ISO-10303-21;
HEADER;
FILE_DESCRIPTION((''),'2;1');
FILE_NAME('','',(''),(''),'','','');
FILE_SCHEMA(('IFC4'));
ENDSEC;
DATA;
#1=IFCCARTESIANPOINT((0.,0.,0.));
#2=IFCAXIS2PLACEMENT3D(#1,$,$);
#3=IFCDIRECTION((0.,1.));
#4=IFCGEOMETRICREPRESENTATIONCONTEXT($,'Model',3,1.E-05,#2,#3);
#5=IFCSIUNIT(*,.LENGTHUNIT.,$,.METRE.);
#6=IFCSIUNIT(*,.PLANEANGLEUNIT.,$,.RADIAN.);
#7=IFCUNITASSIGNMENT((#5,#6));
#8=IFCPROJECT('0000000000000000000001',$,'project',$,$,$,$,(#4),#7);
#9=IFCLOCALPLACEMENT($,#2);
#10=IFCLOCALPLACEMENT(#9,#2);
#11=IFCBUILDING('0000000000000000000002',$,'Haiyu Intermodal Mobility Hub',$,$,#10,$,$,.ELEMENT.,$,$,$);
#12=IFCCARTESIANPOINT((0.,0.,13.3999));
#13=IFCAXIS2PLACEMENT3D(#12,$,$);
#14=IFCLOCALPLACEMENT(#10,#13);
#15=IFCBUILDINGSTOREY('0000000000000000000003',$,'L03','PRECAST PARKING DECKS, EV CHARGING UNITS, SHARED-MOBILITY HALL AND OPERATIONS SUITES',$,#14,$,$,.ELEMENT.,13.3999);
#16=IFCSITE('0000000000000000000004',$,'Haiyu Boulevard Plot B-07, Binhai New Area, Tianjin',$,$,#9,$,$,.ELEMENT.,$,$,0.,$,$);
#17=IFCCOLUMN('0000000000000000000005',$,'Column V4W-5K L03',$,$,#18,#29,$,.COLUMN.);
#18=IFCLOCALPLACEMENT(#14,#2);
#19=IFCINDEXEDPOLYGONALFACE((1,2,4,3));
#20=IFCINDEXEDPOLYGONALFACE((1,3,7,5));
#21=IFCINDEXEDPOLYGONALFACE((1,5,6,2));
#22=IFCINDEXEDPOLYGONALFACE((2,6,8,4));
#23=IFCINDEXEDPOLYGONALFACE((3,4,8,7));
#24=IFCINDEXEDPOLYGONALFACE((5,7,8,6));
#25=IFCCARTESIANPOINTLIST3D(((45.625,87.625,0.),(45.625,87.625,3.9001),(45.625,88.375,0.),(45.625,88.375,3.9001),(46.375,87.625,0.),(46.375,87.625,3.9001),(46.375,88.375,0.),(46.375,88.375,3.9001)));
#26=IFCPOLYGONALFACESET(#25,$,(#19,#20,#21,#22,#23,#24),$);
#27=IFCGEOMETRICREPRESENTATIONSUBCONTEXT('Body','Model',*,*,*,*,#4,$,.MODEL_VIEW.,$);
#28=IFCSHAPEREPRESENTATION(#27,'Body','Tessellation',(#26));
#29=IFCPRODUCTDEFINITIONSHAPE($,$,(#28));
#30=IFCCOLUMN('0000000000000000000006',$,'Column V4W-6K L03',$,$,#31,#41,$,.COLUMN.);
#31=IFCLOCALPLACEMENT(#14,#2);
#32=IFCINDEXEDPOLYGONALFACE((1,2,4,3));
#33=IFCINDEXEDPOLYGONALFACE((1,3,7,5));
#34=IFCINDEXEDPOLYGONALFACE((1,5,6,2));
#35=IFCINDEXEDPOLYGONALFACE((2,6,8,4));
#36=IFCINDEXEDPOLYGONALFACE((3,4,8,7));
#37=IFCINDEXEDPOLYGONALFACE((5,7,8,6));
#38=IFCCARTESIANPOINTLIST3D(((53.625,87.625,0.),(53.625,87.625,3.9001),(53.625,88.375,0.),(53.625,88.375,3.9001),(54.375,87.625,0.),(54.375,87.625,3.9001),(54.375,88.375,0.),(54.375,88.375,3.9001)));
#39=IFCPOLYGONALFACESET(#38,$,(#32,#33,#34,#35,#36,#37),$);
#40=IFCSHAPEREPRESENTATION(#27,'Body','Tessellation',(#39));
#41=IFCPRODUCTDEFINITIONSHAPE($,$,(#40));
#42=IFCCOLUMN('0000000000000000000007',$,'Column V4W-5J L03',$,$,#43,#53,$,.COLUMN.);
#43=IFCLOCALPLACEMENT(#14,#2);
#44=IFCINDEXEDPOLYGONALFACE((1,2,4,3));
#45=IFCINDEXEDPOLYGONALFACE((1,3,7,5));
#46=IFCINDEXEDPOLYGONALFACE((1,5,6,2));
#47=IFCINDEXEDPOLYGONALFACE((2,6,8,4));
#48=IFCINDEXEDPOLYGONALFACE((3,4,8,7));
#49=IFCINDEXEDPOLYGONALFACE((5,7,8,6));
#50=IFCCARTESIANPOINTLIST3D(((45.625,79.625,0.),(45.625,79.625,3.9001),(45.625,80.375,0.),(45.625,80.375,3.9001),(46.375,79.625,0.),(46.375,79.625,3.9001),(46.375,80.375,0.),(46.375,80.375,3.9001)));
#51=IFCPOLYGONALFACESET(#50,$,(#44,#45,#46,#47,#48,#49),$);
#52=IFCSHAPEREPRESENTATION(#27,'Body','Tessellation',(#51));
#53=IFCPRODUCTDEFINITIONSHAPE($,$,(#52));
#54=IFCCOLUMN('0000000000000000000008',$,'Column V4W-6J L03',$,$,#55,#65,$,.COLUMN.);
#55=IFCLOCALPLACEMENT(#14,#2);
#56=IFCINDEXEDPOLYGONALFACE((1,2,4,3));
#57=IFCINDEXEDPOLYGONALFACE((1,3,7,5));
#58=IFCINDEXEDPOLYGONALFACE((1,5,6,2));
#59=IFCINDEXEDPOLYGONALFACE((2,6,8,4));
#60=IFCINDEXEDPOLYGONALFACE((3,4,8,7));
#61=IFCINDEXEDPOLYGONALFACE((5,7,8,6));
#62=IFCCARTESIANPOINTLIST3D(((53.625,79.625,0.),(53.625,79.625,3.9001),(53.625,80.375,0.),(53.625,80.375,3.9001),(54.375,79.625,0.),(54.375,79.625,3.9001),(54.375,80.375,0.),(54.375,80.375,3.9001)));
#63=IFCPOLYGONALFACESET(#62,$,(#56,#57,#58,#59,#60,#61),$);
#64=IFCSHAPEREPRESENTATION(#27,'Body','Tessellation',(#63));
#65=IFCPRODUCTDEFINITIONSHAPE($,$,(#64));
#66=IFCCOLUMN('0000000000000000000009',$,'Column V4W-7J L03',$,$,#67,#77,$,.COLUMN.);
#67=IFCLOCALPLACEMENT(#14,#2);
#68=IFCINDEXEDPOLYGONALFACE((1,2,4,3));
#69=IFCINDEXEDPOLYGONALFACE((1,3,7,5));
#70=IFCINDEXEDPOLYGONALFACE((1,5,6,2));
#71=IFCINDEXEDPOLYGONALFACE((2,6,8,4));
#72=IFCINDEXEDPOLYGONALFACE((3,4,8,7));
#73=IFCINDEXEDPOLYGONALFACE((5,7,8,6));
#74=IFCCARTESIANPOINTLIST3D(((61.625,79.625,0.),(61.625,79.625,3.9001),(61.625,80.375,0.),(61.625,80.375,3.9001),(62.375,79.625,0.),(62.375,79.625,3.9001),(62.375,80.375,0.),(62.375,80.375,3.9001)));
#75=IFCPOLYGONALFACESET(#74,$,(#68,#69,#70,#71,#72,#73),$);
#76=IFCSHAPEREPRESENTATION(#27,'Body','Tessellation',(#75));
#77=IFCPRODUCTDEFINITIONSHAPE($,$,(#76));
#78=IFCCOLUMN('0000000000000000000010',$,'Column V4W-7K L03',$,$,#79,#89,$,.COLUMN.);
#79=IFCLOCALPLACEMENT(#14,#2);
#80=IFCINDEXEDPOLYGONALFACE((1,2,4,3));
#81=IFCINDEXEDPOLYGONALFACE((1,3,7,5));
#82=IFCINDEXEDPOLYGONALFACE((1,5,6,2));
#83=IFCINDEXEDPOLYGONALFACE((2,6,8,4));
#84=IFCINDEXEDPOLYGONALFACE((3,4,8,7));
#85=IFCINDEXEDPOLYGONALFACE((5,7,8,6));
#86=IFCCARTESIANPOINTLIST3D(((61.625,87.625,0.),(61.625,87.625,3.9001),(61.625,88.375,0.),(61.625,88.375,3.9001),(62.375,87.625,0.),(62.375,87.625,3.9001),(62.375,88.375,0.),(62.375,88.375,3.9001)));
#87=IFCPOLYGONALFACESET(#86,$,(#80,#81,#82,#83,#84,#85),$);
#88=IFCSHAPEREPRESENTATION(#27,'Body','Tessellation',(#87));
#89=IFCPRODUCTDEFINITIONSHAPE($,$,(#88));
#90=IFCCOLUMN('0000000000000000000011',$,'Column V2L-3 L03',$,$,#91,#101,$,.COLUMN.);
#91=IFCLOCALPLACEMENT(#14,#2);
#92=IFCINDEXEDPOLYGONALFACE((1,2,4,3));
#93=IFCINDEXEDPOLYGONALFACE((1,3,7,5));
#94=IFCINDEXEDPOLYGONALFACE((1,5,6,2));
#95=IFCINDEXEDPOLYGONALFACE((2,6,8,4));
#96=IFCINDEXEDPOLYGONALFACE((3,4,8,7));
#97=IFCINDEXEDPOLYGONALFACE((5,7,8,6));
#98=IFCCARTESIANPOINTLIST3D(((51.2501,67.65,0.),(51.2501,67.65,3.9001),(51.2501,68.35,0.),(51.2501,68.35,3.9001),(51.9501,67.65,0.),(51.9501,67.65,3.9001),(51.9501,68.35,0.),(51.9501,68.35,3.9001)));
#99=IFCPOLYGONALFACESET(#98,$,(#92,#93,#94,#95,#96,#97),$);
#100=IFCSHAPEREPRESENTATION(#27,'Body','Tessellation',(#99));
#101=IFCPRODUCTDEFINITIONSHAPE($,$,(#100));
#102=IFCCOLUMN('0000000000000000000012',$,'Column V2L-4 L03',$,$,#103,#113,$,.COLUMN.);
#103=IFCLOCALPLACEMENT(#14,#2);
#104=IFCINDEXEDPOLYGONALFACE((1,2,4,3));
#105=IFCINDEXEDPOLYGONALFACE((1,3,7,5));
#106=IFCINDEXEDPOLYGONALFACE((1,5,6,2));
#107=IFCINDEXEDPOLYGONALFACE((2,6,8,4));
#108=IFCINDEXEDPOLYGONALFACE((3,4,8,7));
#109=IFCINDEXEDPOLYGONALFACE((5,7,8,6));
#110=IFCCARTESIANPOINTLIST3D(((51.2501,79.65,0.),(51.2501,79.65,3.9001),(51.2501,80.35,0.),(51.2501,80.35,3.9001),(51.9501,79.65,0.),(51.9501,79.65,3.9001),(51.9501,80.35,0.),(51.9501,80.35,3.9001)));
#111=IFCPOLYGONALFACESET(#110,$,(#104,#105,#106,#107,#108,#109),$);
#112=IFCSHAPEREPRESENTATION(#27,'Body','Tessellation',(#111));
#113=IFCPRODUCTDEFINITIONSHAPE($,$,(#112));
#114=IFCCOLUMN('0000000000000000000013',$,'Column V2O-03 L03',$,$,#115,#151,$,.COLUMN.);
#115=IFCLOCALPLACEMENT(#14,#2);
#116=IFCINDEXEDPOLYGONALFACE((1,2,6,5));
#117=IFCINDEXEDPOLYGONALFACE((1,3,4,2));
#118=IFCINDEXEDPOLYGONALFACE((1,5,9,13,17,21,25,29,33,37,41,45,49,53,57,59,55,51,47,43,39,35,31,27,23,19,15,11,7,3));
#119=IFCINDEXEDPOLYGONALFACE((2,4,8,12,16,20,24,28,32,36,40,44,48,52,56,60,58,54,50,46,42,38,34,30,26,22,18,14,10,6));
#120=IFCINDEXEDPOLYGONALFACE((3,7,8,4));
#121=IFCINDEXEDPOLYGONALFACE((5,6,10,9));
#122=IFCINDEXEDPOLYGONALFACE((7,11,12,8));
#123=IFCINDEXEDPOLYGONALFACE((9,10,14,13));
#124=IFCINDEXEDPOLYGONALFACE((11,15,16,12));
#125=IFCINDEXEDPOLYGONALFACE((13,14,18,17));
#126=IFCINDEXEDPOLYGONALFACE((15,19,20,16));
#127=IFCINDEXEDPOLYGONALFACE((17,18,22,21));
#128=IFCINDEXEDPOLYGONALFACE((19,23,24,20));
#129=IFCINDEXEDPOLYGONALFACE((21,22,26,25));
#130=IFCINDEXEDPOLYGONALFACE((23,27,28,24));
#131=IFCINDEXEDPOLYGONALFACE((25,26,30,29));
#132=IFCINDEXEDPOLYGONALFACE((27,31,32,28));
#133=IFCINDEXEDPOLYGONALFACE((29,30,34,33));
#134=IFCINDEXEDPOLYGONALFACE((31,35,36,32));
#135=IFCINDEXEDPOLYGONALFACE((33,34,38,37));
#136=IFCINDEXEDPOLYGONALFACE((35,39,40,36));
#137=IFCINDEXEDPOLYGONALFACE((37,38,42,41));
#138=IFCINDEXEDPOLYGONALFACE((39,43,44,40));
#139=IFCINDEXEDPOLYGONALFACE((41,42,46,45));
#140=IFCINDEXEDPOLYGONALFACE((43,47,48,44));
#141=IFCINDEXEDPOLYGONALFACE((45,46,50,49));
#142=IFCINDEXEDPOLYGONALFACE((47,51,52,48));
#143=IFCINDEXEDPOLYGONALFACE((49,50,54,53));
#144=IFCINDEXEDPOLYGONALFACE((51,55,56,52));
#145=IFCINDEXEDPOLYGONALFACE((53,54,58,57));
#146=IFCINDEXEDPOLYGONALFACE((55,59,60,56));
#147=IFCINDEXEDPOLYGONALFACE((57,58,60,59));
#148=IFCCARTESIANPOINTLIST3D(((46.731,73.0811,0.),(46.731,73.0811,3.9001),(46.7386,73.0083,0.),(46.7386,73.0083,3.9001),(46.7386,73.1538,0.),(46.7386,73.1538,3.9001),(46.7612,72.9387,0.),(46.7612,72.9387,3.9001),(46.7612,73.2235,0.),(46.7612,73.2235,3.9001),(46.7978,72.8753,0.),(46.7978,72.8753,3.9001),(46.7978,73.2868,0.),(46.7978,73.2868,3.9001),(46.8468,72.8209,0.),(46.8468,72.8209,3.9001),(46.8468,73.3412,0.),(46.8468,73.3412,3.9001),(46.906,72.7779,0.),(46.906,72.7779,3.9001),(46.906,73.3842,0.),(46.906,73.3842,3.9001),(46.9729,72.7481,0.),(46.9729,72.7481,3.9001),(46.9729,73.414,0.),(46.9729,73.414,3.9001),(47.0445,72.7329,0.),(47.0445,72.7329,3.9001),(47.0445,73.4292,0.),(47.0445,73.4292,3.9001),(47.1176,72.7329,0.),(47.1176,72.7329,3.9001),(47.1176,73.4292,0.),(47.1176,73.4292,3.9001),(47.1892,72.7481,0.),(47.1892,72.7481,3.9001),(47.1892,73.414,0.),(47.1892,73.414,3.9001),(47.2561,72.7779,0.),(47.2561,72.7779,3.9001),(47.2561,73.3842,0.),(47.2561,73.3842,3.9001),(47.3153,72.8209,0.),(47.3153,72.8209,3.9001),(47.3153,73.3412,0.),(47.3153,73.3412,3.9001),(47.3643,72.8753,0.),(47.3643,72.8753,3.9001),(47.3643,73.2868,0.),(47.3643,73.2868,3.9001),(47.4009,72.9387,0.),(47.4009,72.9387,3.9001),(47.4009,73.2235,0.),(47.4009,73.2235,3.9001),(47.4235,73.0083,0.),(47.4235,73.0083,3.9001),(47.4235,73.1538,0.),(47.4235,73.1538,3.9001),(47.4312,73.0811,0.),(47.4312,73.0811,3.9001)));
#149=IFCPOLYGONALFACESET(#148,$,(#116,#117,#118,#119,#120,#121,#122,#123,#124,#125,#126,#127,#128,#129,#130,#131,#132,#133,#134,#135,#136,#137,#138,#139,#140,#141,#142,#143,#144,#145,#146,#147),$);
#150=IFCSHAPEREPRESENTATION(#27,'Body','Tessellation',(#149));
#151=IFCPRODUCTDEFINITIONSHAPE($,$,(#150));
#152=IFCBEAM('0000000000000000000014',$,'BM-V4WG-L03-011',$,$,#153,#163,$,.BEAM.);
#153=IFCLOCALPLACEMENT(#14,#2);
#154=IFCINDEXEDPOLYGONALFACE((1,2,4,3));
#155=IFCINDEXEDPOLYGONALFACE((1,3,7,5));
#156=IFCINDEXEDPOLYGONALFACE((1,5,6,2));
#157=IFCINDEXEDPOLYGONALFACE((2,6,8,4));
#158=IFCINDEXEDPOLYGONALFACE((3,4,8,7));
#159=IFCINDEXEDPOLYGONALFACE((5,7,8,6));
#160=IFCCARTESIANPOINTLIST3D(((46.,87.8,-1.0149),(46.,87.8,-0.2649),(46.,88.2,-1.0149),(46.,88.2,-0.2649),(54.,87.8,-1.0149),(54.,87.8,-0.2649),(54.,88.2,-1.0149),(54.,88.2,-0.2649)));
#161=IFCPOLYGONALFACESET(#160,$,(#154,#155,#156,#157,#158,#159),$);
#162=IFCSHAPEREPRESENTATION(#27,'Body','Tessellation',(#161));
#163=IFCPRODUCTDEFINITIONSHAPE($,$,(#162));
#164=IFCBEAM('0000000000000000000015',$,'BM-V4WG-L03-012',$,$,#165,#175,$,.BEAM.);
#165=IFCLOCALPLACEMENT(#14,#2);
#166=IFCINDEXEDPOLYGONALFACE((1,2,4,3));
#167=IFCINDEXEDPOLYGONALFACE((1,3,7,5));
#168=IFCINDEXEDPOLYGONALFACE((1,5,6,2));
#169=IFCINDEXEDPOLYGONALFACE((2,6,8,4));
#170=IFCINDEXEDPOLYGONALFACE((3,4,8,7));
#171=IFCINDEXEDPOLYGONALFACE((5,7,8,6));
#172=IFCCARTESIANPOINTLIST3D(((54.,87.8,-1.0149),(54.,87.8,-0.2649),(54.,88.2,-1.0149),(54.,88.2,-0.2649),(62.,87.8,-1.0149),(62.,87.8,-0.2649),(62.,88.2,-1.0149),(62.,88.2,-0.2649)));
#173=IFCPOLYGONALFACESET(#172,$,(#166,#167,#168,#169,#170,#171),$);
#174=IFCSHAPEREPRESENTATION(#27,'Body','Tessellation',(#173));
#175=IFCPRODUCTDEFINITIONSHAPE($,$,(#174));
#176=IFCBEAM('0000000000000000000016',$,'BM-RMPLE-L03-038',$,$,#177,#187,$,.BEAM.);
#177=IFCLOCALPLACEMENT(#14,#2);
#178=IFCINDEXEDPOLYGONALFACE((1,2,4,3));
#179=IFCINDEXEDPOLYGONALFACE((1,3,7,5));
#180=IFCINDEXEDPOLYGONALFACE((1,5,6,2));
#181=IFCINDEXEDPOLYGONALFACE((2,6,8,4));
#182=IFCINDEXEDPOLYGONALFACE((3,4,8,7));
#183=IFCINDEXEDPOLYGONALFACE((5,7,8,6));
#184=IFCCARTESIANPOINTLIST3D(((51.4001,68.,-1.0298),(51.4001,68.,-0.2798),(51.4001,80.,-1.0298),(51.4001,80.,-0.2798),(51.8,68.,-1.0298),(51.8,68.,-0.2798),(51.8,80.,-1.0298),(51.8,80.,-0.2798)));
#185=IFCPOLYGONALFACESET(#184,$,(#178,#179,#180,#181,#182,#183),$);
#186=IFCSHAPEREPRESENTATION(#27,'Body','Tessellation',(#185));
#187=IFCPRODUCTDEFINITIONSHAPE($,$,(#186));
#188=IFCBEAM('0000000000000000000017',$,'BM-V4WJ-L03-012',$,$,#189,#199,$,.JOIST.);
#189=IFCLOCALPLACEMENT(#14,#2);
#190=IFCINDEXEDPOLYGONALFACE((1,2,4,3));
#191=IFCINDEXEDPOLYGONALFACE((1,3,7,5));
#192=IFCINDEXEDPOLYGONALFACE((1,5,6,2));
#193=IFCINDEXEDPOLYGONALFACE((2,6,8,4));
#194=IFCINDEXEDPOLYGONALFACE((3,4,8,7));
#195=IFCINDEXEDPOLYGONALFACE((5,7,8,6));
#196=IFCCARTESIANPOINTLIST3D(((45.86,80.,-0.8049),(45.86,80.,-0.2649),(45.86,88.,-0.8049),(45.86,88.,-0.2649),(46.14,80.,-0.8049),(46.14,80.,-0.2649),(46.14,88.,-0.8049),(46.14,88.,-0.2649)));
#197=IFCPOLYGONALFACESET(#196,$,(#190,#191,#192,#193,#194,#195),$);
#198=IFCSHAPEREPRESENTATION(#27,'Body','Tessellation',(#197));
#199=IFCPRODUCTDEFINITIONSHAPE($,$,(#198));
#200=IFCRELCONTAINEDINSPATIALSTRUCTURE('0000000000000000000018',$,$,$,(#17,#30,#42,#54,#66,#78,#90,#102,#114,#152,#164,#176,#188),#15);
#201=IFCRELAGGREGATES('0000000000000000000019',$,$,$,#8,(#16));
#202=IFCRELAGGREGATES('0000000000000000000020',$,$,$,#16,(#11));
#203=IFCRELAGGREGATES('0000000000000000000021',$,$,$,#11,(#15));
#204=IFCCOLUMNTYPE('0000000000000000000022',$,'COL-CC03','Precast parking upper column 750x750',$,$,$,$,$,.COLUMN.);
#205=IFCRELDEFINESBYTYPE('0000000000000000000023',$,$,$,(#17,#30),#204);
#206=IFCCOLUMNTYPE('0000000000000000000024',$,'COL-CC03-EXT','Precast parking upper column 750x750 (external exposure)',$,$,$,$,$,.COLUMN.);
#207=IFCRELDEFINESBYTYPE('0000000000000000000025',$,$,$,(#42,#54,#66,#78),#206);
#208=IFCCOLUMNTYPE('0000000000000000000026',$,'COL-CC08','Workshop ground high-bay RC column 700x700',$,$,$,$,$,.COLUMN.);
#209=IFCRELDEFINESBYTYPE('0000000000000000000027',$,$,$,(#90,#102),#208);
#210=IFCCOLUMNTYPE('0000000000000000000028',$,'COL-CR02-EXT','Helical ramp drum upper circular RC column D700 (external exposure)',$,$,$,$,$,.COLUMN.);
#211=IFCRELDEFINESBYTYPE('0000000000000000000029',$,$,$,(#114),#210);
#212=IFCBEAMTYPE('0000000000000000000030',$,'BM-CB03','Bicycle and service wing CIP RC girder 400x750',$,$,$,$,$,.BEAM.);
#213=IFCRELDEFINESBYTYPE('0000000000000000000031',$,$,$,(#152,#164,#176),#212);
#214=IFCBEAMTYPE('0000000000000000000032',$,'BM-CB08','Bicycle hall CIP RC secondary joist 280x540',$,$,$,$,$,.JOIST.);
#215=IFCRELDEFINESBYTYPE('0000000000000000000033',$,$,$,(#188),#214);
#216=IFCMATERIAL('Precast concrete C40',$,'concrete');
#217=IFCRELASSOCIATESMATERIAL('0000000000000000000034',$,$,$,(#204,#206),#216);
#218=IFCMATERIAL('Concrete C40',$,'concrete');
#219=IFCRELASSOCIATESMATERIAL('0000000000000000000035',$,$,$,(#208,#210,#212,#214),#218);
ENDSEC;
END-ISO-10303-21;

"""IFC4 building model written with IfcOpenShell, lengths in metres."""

from ifc_helpers import new_model, si_unit, direction, frame, origin, origin_2d, place, context, subcontext, project, spatial, rectangle, circle, extrude, material, material_profile, profile_set, type_object, element, save


model = new_model("IFC4")

# Units and contexts
model_context = context("Model", 3, precision=1e-05, world=origin(), true_north=direction((0.0, 1.0)))
body_context = subcontext(model_context, "Body", "Model", "MODEL_VIEW")
ifc_project = project(units=[si_unit("LENGTHUNIT", "METRE"), si_unit("PLANEANGLEUNIT", "RADIAN")], contexts=[model_context])

# Site, building, storey
site_placement = place(None, origin())
site = spatial("IfcSite", under=ifc_project, at=site_placement, Name="Haiyu Boulevard Plot B-07, Binhai New Area, Tianjin", CompositionType="ELEMENT", RefElevation=0.0)
building_placement = place(site_placement, origin())
building = spatial("IfcBuilding", under=site, at=building_placement, Name="Haiyu Intermodal Mobility Hub", CompositionType="ELEMENT")
storey_placement = place(building_placement, frame((0.0, 0.0, 13.3999)))
storey = spatial("IfcBuildingStorey", under=building, at=storey_placement, Name="L03", Description="PRECAST PARKING DECKS, EV CHARGING UNITS, SHARED-MOBILITY HALL AND OPERATIONS SUITES", CompositionType="ELEMENT", Elevation=13.3999)

# Columns
ifc_material_1 = material(Name="Precast concrete C40", Category="concrete")
ifc_material_profile_1 = material_profile(ifc_material_1, rectangle(XDim=0.75, YDim=0.75, at=origin_2d()), Name="RC750x750")
ifc_profile_set_1 = profile_set([ifc_material_profile_1], Name="Precast concrete C40")
column_type_1 = type_object("IfcColumnType", Name="COL-CC03", Description="Precast parking upper column 750x750", PredefinedType="COLUMN", material=ifc_profile_set_1)
for number, where, z_axis, x_axis, name in (
    (1, (46.0, 88.0, 0.0), (0.0, 0.0, 1.0), (1.0, 0.0, 0.0), "Column V4W-5K L03"),
    (2, (54.0, 88.0, 0.0), (0.0, 0.0, 1.0), (1.0, 0.0, 0.0), "Column V4W-6K L03"),
):
    element("IfcColumn", number, at=place(storey_placement, frame(where, z_axis=z_axis, x_axis=x_axis)), inside=storey, type_object=column_type_1, Name=name, PredefinedType="COLUMN", context=body_context, shape_type="SweptSolid", body=[
        extrude(rectangle(XDim=0.75, YDim=0.75, at=origin_2d()), origin(), (0.0, 0.0, 1.0), 3.9001),
    ])
ifc_material_profile_2 = material_profile(ifc_material_1, rectangle(XDim=0.75, YDim=0.75, at=origin_2d()), Name="RC750x750")
ifc_profile_set_2 = profile_set([ifc_material_profile_2], Name="Precast concrete C40")
column_type_2 = type_object("IfcColumnType", Name="COL-CC03-EXT", Description="Precast parking upper column 750x750 (external exposure)", PredefinedType="COLUMN", material=ifc_profile_set_2)
for number, where, z_axis, x_axis, name in (
    (3, (46.0, 80.0, 0.0), (0.0, 0.0, 1.0), (1.0, 0.0, 0.0), "Column V4W-5J L03"),
    (4, (54.0, 80.0, 0.0), (0.0, 0.0, 1.0), (1.0, 0.0, 0.0), "Column V4W-6J L03"),
    (5, (62.0, 80.0, 0.0), (0.0, 0.0, 1.0), (1.0, 0.0, 0.0), "Column V4W-7J L03"),
    (6, (62.0, 88.0, 0.0), (0.0, 0.0, 1.0), (1.0, 0.0, 0.0), "Column V4W-7K L03"),
):
    element("IfcColumn", number, at=place(storey_placement, frame(where, z_axis=z_axis, x_axis=x_axis)), inside=storey, type_object=column_type_2, Name=name, PredefinedType="COLUMN", context=body_context, shape_type="SweptSolid", body=[
        extrude(rectangle(XDim=0.75, YDim=0.75, at=origin_2d()), origin(), (0.0, 0.0, 1.0), 3.9001),
    ])
ifc_material_2 = material(Name="Concrete C40", Category="concrete")
ifc_material_profile_3 = material_profile(ifc_material_2, rectangle(XDim=0.7, YDim=0.7, at=origin_2d()), Name="RC700x700")
ifc_profile_set_3 = profile_set([ifc_material_profile_3], Name="Concrete C40")
column_type_3 = type_object("IfcColumnType", Name="COL-CC08", Description="Workshop ground high-bay RC column 700x700", PredefinedType="COLUMN", material=ifc_profile_set_3)
for number, where, z_axis, x_axis, name in (
    (7, (51.6001, 68.0, 0.0), (0.0, 0.0, 1.0), (1.0, 0.0, 0.0), "Column V2L-3 L03"),
    (8, (51.6001, 80.0, 0.0), (0.0, 0.0, 1.0), (1.0, 0.0, 0.0), "Column V2L-4 L03"),
):
    element("IfcColumn", number, at=place(storey_placement, frame(where, z_axis=z_axis, x_axis=x_axis)), inside=storey, type_object=column_type_3, Name=name, PredefinedType="COLUMN", context=body_context, shape_type="SweptSolid", body=[
        extrude(rectangle(XDim=0.7, YDim=0.7, at=origin_2d()), origin(), (0.0, 0.0, 1.0), 3.9001),
    ])
ifc_material_profile_4 = material_profile(ifc_material_2, circle(Radius=0.3501, at=origin_2d()), Name="RCCOL-D700")
ifc_profile_set_4 = profile_set([ifc_material_profile_4], Name="Concrete C40")
column_type_4 = type_object("IfcColumnType", Name="COL-CR02-EXT", Description="Helical ramp drum upper circular RC column D700 (external exposure)", PredefinedType="COLUMN", material=ifc_profile_set_4)
column_placement = place(storey_placement, frame((47.0811, 73.0811, 0.0), z_axis=(0.0, 0.0, 1.0), x_axis=(1.0, 0.0, 0.0)))
element("IfcColumn", 9, at=column_placement, inside=storey, type_object=column_type_4, Name="Column V2O-03 L03", PredefinedType="COLUMN", context=body_context, shape_type="SweptSolid", body=[
    extrude(circle(Radius=0.3501, at=origin_2d()), origin(), (0.0, 0.0, 1.0), 3.9001),
])

# Beams
ifc_material_profile_5 = material_profile(ifc_material_2, rectangle(XDim=0.3999, YDim=0.75, at=origin_2d()), Name="RCB400x750")
ifc_profile_set_5 = profile_set([ifc_material_profile_5], Name="Concrete C40")
beam_type_1 = type_object("IfcBeamType", Name="BM-CB03", Description="Bicycle and service wing CIP RC girder 400x750", PredefinedType="BEAM", material=ifc_profile_set_5)
for number, where, z_axis, x_axis, name in (
    (10, (46.0, 88.0, -0.6399), (1.0, 0.0, 0.0), (0.0, 1.0, 0.0), "BM-V4WG-L03-011"),
    (11, (54.0, 88.0, -0.6399), (1.0, 0.0, 0.0), (0.0, 1.0, 0.0), "BM-V4WG-L03-012"),
):
    element("IfcBeam", number, at=place(storey_placement, frame(where, z_axis=z_axis, x_axis=x_axis)), inside=storey, type_object=beam_type_1, Name=name, PredefinedType="BEAM", context=body_context, shape_type="SweptSolid", body=[
        extrude(rectangle(XDim=0.3999, YDim=0.75, at=origin_2d()), origin(), (0.0, 0.0, 1.0), 8.0),
    ])
beam_1_placement = place(storey_placement, frame((51.6001, 68.0, -0.6548), z_axis=(0.0, 1.0, 0.0), x_axis=(-1.0, 0.0, 0.0)))
element("IfcBeam", 12, at=beam_1_placement, inside=storey, type_object=beam_type_1, Name="BM-RMPLE-L03-038", PredefinedType="BEAM", context=body_context, shape_type="SweptSolid", body=[
    extrude(rectangle(XDim=0.3999, YDim=0.75, at=origin_2d()), origin(), (0.0, 0.0, 1.0), 12.0),
])
ifc_material_profile_6 = material_profile(ifc_material_2, rectangle(XDim=0.28, YDim=0.54, at=origin_2d()), Name="RCB280x540")
ifc_profile_set_6 = profile_set([ifc_material_profile_6], Name="Concrete C40")
beam_type_2 = type_object("IfcBeamType", Name="BM-CB08", Description="Bicycle hall CIP RC secondary joist 280x540", PredefinedType="JOIST", material=ifc_profile_set_6)
for number, where, z_axis, x_axis, name in (
    (13, (46.0, 80.0, -0.5349), (0.0, 1.0, 0.0), (-1.0, 0.0, 0.0), "BM-V4WJ-L03-012"),
):
    element("IfcBeam", number, at=place(storey_placement, frame(where, z_axis=z_axis, x_axis=x_axis)), inside=storey, type_object=beam_type_2, Name=name, PredefinedType="JOIST", context=body_context, shape_type="SweptSolid", body=[
        extrude(rectangle(XDim=0.28, YDim=0.54, at=origin_2d()), origin(), (0.0, 0.0, 1.0), 8.0),
    ])

save(model, "model.ifc")
